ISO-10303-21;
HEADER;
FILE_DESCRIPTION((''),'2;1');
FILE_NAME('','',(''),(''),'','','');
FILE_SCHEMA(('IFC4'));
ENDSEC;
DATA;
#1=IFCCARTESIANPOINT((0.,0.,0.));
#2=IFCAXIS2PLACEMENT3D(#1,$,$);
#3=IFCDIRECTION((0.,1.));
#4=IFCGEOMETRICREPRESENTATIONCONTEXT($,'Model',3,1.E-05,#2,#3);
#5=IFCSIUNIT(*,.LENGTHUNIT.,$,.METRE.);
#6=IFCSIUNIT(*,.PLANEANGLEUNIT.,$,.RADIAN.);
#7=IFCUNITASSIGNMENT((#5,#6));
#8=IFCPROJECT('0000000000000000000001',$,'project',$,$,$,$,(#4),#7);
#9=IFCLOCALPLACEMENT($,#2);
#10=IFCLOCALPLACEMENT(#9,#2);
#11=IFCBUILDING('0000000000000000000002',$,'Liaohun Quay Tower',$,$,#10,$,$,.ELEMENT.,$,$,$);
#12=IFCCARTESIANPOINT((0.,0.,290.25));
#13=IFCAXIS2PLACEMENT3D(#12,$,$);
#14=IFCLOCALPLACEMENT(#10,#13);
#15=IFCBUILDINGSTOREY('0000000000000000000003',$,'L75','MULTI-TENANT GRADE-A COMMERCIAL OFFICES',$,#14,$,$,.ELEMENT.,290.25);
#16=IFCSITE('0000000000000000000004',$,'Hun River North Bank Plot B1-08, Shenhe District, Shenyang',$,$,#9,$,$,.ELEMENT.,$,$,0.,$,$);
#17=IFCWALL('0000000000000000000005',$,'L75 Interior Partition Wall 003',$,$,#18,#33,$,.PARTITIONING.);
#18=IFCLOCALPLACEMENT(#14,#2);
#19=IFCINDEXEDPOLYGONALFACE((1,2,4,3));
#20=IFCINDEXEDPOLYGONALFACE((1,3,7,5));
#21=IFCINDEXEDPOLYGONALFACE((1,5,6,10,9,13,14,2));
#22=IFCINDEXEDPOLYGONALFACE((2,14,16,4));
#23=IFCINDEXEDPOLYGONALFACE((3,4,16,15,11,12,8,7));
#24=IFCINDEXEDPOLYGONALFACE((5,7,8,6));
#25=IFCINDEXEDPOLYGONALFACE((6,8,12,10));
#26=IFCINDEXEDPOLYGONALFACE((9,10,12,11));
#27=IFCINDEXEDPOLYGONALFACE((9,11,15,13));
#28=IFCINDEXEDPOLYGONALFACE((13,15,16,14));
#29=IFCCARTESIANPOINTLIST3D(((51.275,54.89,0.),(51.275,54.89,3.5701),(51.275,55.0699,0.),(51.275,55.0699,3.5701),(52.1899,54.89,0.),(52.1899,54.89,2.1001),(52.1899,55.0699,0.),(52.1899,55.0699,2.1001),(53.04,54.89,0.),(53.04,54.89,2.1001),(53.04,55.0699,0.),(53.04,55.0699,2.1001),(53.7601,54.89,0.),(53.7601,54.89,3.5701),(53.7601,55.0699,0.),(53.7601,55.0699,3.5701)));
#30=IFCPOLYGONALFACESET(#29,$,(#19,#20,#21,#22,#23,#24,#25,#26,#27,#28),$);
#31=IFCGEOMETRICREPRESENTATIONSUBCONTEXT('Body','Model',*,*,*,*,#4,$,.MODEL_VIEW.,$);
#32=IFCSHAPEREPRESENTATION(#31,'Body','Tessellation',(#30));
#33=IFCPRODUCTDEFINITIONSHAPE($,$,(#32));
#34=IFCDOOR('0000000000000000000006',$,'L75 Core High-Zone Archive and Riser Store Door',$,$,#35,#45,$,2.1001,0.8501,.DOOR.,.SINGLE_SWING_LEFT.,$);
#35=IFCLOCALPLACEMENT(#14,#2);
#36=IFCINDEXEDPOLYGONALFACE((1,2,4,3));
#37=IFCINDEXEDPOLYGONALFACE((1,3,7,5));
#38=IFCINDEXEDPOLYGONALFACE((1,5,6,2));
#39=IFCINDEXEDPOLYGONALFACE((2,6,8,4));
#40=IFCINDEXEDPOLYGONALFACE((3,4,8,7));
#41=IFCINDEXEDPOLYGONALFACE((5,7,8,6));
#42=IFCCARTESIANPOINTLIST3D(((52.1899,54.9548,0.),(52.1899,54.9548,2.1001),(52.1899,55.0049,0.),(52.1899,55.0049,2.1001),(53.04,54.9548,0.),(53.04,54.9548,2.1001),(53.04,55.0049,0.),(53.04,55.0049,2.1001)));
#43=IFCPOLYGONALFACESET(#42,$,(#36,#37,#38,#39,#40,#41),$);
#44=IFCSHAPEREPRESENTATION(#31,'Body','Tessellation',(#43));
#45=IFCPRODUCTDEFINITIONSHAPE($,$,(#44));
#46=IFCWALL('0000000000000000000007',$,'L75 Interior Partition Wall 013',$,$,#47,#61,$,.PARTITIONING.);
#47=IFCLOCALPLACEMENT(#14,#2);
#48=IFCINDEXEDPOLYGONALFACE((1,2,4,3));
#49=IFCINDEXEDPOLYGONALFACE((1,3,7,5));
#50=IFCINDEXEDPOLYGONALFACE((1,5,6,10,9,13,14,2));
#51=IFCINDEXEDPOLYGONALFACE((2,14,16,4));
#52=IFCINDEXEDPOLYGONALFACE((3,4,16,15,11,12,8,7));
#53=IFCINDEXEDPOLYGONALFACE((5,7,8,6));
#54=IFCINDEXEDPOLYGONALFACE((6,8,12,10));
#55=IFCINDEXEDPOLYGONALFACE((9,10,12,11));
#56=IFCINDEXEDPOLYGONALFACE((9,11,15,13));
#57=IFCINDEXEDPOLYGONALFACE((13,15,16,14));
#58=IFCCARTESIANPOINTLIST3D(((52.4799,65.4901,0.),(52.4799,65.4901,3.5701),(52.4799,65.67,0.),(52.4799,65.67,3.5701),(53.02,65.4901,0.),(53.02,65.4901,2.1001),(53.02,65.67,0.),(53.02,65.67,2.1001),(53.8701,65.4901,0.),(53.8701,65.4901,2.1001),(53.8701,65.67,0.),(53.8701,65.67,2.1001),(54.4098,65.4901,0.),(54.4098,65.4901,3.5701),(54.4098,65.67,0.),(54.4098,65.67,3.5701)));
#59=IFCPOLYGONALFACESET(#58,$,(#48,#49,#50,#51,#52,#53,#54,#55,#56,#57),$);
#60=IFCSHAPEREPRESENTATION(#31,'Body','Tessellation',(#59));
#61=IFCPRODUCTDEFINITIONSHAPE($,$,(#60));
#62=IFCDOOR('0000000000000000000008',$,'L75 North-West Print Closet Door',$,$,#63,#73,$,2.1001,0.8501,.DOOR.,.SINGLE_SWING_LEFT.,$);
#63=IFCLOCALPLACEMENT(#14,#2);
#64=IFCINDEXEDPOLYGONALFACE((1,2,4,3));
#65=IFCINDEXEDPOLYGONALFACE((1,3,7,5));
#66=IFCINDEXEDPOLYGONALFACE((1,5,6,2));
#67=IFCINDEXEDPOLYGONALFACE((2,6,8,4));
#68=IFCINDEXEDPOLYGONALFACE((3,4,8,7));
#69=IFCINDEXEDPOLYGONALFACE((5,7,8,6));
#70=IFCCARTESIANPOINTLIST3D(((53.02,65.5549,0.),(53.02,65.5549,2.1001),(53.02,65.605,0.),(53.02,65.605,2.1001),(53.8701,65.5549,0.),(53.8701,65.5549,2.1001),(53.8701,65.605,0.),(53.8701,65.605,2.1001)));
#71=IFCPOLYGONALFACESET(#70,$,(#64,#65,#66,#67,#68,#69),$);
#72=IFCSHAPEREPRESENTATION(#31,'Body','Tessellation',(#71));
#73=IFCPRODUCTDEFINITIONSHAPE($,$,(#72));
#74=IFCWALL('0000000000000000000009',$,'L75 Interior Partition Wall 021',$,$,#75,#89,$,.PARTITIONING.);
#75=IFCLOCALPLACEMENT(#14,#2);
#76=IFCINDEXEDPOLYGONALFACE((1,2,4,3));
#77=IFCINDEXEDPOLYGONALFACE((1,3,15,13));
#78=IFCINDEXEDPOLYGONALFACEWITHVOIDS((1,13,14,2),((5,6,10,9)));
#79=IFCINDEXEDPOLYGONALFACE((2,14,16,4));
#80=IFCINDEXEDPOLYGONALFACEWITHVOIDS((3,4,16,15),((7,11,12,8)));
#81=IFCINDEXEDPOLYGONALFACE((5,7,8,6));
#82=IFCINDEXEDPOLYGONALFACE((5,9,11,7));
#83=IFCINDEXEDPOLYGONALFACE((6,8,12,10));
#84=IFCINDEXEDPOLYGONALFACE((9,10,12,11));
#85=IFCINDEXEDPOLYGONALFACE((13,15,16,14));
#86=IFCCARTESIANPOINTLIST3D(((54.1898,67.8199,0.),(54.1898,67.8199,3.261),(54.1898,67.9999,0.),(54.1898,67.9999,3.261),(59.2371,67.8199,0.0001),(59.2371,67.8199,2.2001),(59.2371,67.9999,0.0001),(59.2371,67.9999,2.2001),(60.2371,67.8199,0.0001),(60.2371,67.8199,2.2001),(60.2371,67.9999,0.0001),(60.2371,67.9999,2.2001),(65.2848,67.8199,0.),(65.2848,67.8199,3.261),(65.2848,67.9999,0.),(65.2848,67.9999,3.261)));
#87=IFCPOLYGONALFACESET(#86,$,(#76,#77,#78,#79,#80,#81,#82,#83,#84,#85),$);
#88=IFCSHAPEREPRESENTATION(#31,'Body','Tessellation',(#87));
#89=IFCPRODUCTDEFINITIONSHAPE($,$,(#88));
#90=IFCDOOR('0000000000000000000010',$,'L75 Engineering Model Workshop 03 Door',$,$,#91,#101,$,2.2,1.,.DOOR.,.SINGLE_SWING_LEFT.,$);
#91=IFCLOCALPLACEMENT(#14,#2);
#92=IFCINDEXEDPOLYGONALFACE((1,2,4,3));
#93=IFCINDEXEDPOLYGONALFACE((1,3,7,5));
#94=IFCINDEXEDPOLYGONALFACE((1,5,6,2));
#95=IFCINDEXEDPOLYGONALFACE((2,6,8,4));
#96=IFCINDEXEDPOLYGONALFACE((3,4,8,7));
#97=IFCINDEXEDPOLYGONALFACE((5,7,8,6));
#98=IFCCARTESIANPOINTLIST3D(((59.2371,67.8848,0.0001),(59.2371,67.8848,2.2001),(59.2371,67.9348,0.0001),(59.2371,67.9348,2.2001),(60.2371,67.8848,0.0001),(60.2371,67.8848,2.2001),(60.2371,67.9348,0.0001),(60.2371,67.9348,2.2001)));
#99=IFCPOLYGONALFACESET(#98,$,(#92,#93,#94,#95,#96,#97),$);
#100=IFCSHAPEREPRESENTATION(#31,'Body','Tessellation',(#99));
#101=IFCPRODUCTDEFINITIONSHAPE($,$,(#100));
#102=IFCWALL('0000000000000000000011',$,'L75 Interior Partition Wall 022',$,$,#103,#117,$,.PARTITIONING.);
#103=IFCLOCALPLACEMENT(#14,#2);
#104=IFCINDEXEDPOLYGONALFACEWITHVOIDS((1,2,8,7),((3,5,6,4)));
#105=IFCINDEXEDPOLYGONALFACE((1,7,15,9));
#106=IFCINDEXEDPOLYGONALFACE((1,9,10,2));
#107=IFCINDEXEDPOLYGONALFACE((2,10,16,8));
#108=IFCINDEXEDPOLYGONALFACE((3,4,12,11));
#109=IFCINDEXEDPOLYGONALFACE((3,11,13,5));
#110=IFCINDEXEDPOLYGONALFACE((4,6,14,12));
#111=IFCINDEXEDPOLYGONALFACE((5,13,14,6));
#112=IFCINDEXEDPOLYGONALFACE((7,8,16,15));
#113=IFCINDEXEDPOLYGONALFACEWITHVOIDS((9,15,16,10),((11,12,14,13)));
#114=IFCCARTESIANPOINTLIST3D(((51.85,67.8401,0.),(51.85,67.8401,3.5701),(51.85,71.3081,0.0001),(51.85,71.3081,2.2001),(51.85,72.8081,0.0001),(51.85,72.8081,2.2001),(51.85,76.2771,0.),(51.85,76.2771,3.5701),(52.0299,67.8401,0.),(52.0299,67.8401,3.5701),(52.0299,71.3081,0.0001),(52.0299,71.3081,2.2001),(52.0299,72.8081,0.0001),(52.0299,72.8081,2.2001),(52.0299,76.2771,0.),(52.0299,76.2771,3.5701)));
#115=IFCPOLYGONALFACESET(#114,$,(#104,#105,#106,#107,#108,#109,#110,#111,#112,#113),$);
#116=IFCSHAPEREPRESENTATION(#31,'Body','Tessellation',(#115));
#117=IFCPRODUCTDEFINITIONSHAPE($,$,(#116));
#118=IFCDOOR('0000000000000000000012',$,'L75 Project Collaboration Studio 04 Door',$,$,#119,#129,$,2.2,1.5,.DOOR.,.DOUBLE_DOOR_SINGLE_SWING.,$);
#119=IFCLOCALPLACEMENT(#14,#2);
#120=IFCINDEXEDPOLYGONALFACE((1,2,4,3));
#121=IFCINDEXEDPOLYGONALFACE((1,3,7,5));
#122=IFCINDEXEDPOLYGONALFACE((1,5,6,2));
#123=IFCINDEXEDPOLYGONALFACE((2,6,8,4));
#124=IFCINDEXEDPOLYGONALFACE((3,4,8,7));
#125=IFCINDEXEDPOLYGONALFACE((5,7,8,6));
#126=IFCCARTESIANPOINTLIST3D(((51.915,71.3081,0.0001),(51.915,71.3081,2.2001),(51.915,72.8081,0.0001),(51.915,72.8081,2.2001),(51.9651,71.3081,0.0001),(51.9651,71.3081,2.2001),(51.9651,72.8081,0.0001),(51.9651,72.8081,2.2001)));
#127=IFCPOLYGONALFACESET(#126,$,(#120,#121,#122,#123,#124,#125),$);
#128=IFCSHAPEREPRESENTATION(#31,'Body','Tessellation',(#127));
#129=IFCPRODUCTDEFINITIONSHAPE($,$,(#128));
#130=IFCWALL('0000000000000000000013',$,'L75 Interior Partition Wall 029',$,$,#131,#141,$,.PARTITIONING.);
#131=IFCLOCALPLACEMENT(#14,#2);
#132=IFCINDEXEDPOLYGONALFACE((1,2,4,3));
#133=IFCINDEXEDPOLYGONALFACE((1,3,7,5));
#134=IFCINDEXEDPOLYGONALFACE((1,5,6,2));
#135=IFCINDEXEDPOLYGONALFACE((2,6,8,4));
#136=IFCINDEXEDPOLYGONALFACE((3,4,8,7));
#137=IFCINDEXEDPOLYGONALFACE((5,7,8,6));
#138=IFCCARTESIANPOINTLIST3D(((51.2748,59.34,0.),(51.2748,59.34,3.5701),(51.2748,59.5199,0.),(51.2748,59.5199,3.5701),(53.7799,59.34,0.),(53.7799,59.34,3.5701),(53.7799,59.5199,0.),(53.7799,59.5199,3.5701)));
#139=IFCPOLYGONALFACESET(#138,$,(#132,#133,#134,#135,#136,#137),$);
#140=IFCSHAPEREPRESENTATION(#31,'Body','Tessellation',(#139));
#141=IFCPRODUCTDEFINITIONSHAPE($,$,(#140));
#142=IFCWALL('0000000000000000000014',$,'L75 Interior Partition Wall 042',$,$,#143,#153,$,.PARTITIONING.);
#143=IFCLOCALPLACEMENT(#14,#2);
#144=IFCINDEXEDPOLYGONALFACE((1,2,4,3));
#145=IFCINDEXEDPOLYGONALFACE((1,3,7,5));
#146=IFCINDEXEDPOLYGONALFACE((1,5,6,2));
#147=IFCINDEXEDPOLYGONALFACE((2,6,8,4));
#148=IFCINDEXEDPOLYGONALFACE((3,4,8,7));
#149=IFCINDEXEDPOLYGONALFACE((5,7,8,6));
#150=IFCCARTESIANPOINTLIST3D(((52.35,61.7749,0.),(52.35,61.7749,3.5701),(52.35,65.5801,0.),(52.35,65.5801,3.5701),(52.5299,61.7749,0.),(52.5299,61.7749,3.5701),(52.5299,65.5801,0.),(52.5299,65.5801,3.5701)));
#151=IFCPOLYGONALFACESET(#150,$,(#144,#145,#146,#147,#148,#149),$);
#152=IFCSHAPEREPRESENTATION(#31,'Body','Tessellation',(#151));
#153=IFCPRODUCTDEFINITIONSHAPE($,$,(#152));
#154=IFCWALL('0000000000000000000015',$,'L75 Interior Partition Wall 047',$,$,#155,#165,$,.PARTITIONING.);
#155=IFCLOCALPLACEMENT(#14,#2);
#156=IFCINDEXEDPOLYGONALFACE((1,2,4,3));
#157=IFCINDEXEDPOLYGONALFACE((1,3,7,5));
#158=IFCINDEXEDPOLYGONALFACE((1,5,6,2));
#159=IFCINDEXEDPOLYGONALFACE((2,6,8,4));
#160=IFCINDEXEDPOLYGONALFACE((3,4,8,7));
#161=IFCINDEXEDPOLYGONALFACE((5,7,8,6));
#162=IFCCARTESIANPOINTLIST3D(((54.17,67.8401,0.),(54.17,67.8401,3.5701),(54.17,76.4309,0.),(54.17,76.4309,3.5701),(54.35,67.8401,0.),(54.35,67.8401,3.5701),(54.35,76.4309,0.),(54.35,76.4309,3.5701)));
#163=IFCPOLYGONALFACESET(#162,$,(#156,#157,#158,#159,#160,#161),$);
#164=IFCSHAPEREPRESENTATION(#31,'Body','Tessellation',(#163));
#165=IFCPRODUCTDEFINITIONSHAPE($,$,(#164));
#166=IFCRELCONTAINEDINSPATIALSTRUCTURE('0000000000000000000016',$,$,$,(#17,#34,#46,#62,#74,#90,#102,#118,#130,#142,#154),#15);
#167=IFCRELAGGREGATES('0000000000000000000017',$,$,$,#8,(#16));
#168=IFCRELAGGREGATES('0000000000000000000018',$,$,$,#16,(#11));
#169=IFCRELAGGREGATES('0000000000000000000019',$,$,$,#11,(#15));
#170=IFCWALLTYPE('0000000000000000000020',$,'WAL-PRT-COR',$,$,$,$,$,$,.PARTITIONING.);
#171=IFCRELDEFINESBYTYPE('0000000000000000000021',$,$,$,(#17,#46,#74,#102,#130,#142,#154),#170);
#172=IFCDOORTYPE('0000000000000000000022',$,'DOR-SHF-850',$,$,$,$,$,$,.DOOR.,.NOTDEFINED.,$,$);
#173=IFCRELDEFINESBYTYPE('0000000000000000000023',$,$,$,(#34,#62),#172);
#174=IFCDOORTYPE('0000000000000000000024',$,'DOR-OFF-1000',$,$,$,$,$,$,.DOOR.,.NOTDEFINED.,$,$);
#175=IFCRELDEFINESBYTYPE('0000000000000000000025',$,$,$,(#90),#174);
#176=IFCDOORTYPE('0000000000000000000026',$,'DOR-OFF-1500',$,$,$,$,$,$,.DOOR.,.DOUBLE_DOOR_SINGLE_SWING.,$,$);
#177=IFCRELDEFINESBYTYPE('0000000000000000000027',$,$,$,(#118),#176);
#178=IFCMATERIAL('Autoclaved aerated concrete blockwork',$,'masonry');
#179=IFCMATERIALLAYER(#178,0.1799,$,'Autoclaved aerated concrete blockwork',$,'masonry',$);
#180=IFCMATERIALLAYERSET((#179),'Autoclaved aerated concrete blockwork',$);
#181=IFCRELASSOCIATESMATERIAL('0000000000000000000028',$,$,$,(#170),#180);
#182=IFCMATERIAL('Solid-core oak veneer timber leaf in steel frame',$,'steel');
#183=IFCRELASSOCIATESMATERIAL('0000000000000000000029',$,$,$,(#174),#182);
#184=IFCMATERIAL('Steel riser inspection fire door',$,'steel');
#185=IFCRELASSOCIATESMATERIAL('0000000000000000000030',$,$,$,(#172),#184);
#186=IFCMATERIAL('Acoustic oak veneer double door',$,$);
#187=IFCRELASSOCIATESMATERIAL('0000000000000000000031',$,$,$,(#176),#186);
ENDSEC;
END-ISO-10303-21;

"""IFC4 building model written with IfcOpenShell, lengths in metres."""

from ifc_helpers import new_model, si_unit, direction, frame, frame_2d, origin, place, context, subcontext, project, spatial, rectangle, extrude, source, transform, mapped, material, layer, layer_set, type_object, element, fill, save


model = new_model("IFC4")

# Units and contexts
model_context = context("Model", 3, precision=1e-05, world=origin(), true_north=direction((0.0, 1.0)))
body_context = subcontext(model_context, "Body", "Model", "MODEL_VIEW")
ifc_project = project(units=[si_unit("LENGTHUNIT", "METRE"), si_unit("PLANEANGLEUNIT", "RADIAN")], contexts=[model_context])

# Site, building, storey
site_placement = place(None, origin())
site = spatial("IfcSite", under=ifc_project, at=site_placement, Name="Hun River North Bank Plot B1-08, Shenhe District, Shenyang", CompositionType="ELEMENT", RefElevation=0.0)
building_placement = place(site_placement, origin())
building = spatial("IfcBuilding", under=site, at=building_placement, Name="Liaohun Quay Tower", CompositionType="ELEMENT")
storey_placement = place(building_placement, frame((0.0, 0.0, 290.25)))
storey = spatial("IfcBuildingStorey", under=building, at=storey_placement, Name="L75", Description="MULTI-TENANT GRADE-A COMMERCIAL OFFICES", CompositionType="ELEMENT", Elevation=290.25)

# Walls, openings, doors
ifc_material_1 = material(Name="Autoclaved aerated concrete blockwork", Category="masonry")
ifc_layer_1 = layer(ifc_material_1, 0.1799, Name="Autoclaved aerated concrete blockwork", Category="masonry")
ifc_layer_set_1 = layer_set([ifc_layer_1], Name="Autoclaved aerated concrete blockwork")
wall_type_1 = type_object("IfcWallType", Name="WAL-PRT-COR", PredefinedType="PARTITIONING", material=ifc_layer_set_1)
shared_shape_1 = source(origin(), body_context, "Body", "SweptSolid", [
    extrude(rectangle(XDim=1.0, YDim=2.2, at=frame_2d((0.5, 1.1001))), frame((0.0, 0.0999, 0.0), z_axis=(0.0, -1.0, 0.0), x_axis=(1.0, 0.0, 0.0)), (0.0, 0.0, 1.0), 0.2),
])
ifc_material_2 = material(Name="Solid-core oak veneer timber leaf in steel frame", Category="steel")
door_type_1 = type_object("IfcDoorType", Name="DOR-OFF-1000", OperationType="NOTDEFINED", PredefinedType="DOOR", material=ifc_material_2)
shared_shape_2 = source(origin(), body_context, "Body", "SweptSolid", [
    extrude(rectangle(XDim=1.0, YDim=2.2, at=frame_2d((0.5, 1.1001))), frame((0.0, 0.0249, 0.0), z_axis=(0.0, -1.0, 0.0), x_axis=(1.0, 0.0, 0.0)), (0.0, 0.0, 1.0), 0.05),
])
wall_1_placement = place(storey_placement, frame((51.2749, 54.98, 0.0), z_axis=(0.0, 0.0, 1.0), x_axis=(1.0, 0.0, 0.0)))
wall_1 = element("IfcWall", 1, at=wall_1_placement, inside=storey, type_object=wall_type_1, Name="L75 Interior Partition Wall 003", PredefinedType="PARTITIONING", context=body_context, shape_type="SweptSolid", body=[
    extrude(rectangle(XDim=2.4851, YDim=0.1799, at=frame_2d((1.2427, 0.0))), origin(), (0.0, 0.0, 1.0), 3.5701),
])
shared_shape_3 = source(origin(), body_context, "Body", "SweptSolid", [
    extrude(rectangle(XDim=0.8501, YDim=2.1001, at=frame_2d((0.425, 1.05))), frame((0.0, 0.0999, 0.0), z_axis=(0.0, -1.0, 0.0), x_axis=(1.0, 0.0, 0.0)), (0.0, 0.0, 1.0), 0.2),
])
opening_1_placement = place(wall_1_placement, frame((0.915, 0.0, 0.0)))
opening_1 = element("IfcOpeningElement", 2, at=opening_1_placement, cuts=wall_1, PredefinedType="OPENING", context=body_context, shape_type="MappedRepresentation", body=[
    mapped(shared_shape_3, transform((0.0, 0.0, 0.0), x_axis=(1.0, 0.0, 0.0), y_axis=(0.0, 1.0, 0.0), z_axis=(0.0, 0.0, 1.0), scale=1.0)),
])
ifc_material_3 = material(Name="Steel riser inspection fire door", Category="steel")
door_type_2 = type_object("IfcDoorType", Name="DOR-SHF-850", OperationType="NOTDEFINED", PredefinedType="DOOR", material=ifc_material_3)
shared_shape_4 = source(origin(), body_context, "Body", "SweptSolid", [
    extrude(rectangle(XDim=0.8501, YDim=2.1001, at=frame_2d((0.425, 1.05))), frame((0.0, 0.0249, 0.0), z_axis=(0.0, -1.0, 0.0), x_axis=(1.0, 0.0, 0.0)), (0.0, 0.0, 1.0), 0.05),
])
door_1_placement = place(opening_1_placement, origin())
door_1 = element("IfcDoor", 3, at=door_1_placement, inside=storey, type_object=door_type_2, Name="L75 Core High-Zone Archive and Riser Store Door", OperationType="SINGLE_SWING_LEFT", OverallHeight=2.1001, OverallWidth=0.8501, PredefinedType="DOOR", context=body_context, shape_type="MappedRepresentation", body=[
    mapped(shared_shape_4, transform((0.0, 0.0, 0.0), x_axis=(1.0, 0.0, 0.0), y_axis=(0.0, 1.0, 0.0), z_axis=(0.0, 0.0, 1.0), scale=1.0)),
])
fill(opening_1, door_1)
wall_2_placement = place(storey_placement, frame((52.48, 65.5801, 0.0), z_axis=(0.0, 0.0, 1.0), x_axis=(1.0, 0.0, 0.0)))
wall_2 = element("IfcWall", 4, at=wall_2_placement, inside=storey, type_object=wall_type_1, Name="L75 Interior Partition Wall 013", PredefinedType="PARTITIONING", context=body_context, shape_type="SweptSolid", body=[
    extrude(rectangle(XDim=1.9299, YDim=0.1799, at=frame_2d((0.9648, 0.0))), origin(), (0.0, 0.0, 1.0), 3.5701),
])
opening_2_placement = place(wall_2_placement, frame((0.54, 0.0, 0.0)))
opening_2 = element("IfcOpeningElement", 5, at=opening_2_placement, cuts=wall_2, PredefinedType="OPENING", context=body_context, shape_type="MappedRepresentation", body=[
    mapped(shared_shape_3, transform((0.0, 0.0, 0.0), x_axis=(1.0, 0.0, 0.0), y_axis=(0.0, 1.0, 0.0), z_axis=(0.0, 0.0, 1.0), scale=1.0)),
])
door_2_placement = place(opening_2_placement, origin())
door_2 = element("IfcDoor", 6, at=door_2_placement, inside=storey, type_object=door_type_2, Name="L75 North-West Print Closet Door", OperationType="SINGLE_SWING_LEFT", OverallHeight=2.1001, OverallWidth=0.8501, PredefinedType="DOOR", context=body_context, shape_type="MappedRepresentation", body=[
    mapped(shared_shape_4, transform((0.0, 0.0, 0.0), x_axis=(1.0, 0.0, 0.0), y_axis=(0.0, 1.0, 0.0), z_axis=(0.0, 0.0, 1.0), scale=1.0)),
])
fill(opening_2, door_2)
wall_3_placement = place(storey_placement, frame((54.1899, 67.9099, 0.0), z_axis=(0.0, 0.0, 1.0), x_axis=(1.0, 0.0, 0.0)))
wall_3 = element("IfcWall", 7, at=wall_3_placement, inside=storey, type_object=wall_type_1, Name="L75 Interior Partition Wall 021", PredefinedType="PARTITIONING", context=body_context, shape_type="SweptSolid", body=[
    extrude(rectangle(XDim=11.095, YDim=0.1799, at=frame_2d((5.5474, 0.0))), origin(), (0.0, 0.0, 1.0), 3.261),
])
opening_3_placement = place(wall_3_placement, frame((5.0471, 0.0, 0.0)))
opening_3 = element("IfcOpeningElement", 8, at=opening_3_placement, cuts=wall_3, PredefinedType="OPENING", context=body_context, shape_type="MappedRepresentation", body=[
    mapped(shared_shape_1, transform((0.0, 0.0, 0.0), x_axis=(1.0, 0.0, 0.0), y_axis=(0.0, 1.0, 0.0), z_axis=(0.0, 0.0, 1.0), scale=1.0)),
])
door_3_placement = place(opening_3_placement, origin())
door_3 = element("IfcDoor", 9, at=door_3_placement, inside=storey, type_object=door_type_1, Name="L75 Engineering Model Workshop 03 Door", OperationType="SINGLE_SWING_LEFT", OverallHeight=2.2, OverallWidth=1.0, PredefinedType="DOOR", context=body_context, shape_type="MappedRepresentation", body=[
    mapped(shared_shape_2, transform((0.0, 0.0, 0.0), x_axis=(1.0, 0.0, 0.0), y_axis=(0.0, 1.0, 0.0), z_axis=(0.0, 0.0, 1.0), scale=1.0)),
])
fill(opening_3, door_3)
wall_4_placement = place(storey_placement, frame((51.9399, 67.8401, 0.0), z_axis=(0.0, 0.0, 1.0), x_axis=(0.0, 1.0, 0.0)))
wall_4 = element("IfcWall", 10, at=wall_4_placement, inside=storey, type_object=wall_type_1, Name="L75 Interior Partition Wall 022", PredefinedType="PARTITIONING", context=body_context, shape_type="SweptSolid", body=[
    extrude(rectangle(XDim=8.437, YDim=0.1799, at=frame_2d((4.2185, 0.0))), origin(), (0.0, 0.0, 1.0), 3.5701),
])
shared_shape_5 = source(origin(), body_context, "Body", "SweptSolid", [
    extrude(rectangle(XDim=1.5, YDim=2.2, at=frame_2d((0.75, 1.1001))), frame((0.0, 0.0999, 0.0), z_axis=(0.0, -1.0, 0.0), x_axis=(1.0, 0.0, 0.0)), (0.0, 0.0, 1.0), 0.2),
])
opening_4_placement = place(wall_4_placement, frame((3.468, 0.0, 0.0)))
opening_4 = element("IfcOpeningElement", 11, at=opening_4_placement, cuts=wall_4, PredefinedType="OPENING", context=body_context, shape_type="MappedRepresentation", body=[
    mapped(shared_shape_5, transform((0.0, 0.0, 0.0), x_axis=(1.0, 0.0, 0.0), y_axis=(0.0, 1.0, 0.0), z_axis=(0.0, 0.0, 1.0), scale=1.0)),
])
ifc_material_4 = material(Name="Acoustic oak veneer double door")
door_type_3 = type_object("IfcDoorType", Name="DOR-OFF-1500", OperationType="DOUBLE_DOOR_SINGLE_SWING", PredefinedType="DOOR", material=ifc_material_4)
shared_shape_6 = source(origin(), body_context, "Body", "SweptSolid", [
    extrude(rectangle(XDim=1.5, YDim=2.2, at=frame_2d((0.75, 1.1001))), frame((0.0, 0.0249, 0.0), z_axis=(0.0, -1.0, 0.0), x_axis=(1.0, 0.0, 0.0)), (0.0, 0.0, 1.0), 0.05),
])
door_4_placement = place(opening_4_placement, origin())
door_4 = element("IfcDoor", 12, at=door_4_placement, inside=storey, type_object=door_type_3, Name="L75 Project Collaboration Studio 04 Door", OperationType="DOUBLE_DOOR_SINGLE_SWING", OverallHeight=2.2, OverallWidth=1.5, PredefinedType="DOOR", context=body_context, shape_type="MappedRepresentation", body=[
    mapped(shared_shape_6, transform((0.0, 0.0, 0.0), x_axis=(1.0, 0.0, 0.0), y_axis=(0.0, 1.0, 0.0), z_axis=(0.0, 0.0, 1.0), scale=1.0)),
])
fill(opening_4, door_4)

# Walls
wall_5_placement = place(storey_placement, frame((51.2749, 59.4299, 0.0), z_axis=(0.0, 0.0, 1.0), x_axis=(1.0, 0.0, 0.0)))
element("IfcWall", 13, at=wall_5_placement, inside=storey, type_object=wall_type_1, Name="L75 Interior Partition Wall 029", PredefinedType="PARTITIONING", context=body_context, shape_type="SweptSolid", body=[
    extrude(rectangle(XDim=2.5051, YDim=0.1799, at=frame_2d((1.2524, 0.0))), origin(), (0.0, 0.0, 1.0), 3.5701),
])
wall_6_placement = place(storey_placement, frame((52.4399, 61.7749, 0.0), z_axis=(0.0, 0.0, 1.0), x_axis=(0.0, 1.0, 0.0)))
element("IfcWall", 14, at=wall_6_placement, inside=storey, type_object=wall_type_1, Name="L75 Interior Partition Wall 042", PredefinedType="PARTITIONING", context=body_context, shape_type="SweptSolid", body=[
    extrude(rectangle(XDim=3.8052, YDim=0.1799, at=frame_2d((1.9026, 0.0))), origin(), (0.0, 0.0, 1.0), 3.5701),
])
wall_7_placement = place(storey_placement, frame((54.26, 76.4309, 0.0), z_axis=(0.0, 0.0, 1.0), x_axis=(0.0, -1.0, 0.0)))
element("IfcWall", 15, at=wall_7_placement, inside=storey, type_object=wall_type_1, Name="L75 Interior Partition Wall 047", PredefinedType="PARTITIONING", context=body_context, shape_type="SweptSolid", body=[
    extrude(rectangle(XDim=8.5908, YDim=0.1799, at=frame_2d((4.2954, 0.0))), origin(), (0.0, 0.0, 1.0), 3.5701),
])

save(model, "model.ifc")
